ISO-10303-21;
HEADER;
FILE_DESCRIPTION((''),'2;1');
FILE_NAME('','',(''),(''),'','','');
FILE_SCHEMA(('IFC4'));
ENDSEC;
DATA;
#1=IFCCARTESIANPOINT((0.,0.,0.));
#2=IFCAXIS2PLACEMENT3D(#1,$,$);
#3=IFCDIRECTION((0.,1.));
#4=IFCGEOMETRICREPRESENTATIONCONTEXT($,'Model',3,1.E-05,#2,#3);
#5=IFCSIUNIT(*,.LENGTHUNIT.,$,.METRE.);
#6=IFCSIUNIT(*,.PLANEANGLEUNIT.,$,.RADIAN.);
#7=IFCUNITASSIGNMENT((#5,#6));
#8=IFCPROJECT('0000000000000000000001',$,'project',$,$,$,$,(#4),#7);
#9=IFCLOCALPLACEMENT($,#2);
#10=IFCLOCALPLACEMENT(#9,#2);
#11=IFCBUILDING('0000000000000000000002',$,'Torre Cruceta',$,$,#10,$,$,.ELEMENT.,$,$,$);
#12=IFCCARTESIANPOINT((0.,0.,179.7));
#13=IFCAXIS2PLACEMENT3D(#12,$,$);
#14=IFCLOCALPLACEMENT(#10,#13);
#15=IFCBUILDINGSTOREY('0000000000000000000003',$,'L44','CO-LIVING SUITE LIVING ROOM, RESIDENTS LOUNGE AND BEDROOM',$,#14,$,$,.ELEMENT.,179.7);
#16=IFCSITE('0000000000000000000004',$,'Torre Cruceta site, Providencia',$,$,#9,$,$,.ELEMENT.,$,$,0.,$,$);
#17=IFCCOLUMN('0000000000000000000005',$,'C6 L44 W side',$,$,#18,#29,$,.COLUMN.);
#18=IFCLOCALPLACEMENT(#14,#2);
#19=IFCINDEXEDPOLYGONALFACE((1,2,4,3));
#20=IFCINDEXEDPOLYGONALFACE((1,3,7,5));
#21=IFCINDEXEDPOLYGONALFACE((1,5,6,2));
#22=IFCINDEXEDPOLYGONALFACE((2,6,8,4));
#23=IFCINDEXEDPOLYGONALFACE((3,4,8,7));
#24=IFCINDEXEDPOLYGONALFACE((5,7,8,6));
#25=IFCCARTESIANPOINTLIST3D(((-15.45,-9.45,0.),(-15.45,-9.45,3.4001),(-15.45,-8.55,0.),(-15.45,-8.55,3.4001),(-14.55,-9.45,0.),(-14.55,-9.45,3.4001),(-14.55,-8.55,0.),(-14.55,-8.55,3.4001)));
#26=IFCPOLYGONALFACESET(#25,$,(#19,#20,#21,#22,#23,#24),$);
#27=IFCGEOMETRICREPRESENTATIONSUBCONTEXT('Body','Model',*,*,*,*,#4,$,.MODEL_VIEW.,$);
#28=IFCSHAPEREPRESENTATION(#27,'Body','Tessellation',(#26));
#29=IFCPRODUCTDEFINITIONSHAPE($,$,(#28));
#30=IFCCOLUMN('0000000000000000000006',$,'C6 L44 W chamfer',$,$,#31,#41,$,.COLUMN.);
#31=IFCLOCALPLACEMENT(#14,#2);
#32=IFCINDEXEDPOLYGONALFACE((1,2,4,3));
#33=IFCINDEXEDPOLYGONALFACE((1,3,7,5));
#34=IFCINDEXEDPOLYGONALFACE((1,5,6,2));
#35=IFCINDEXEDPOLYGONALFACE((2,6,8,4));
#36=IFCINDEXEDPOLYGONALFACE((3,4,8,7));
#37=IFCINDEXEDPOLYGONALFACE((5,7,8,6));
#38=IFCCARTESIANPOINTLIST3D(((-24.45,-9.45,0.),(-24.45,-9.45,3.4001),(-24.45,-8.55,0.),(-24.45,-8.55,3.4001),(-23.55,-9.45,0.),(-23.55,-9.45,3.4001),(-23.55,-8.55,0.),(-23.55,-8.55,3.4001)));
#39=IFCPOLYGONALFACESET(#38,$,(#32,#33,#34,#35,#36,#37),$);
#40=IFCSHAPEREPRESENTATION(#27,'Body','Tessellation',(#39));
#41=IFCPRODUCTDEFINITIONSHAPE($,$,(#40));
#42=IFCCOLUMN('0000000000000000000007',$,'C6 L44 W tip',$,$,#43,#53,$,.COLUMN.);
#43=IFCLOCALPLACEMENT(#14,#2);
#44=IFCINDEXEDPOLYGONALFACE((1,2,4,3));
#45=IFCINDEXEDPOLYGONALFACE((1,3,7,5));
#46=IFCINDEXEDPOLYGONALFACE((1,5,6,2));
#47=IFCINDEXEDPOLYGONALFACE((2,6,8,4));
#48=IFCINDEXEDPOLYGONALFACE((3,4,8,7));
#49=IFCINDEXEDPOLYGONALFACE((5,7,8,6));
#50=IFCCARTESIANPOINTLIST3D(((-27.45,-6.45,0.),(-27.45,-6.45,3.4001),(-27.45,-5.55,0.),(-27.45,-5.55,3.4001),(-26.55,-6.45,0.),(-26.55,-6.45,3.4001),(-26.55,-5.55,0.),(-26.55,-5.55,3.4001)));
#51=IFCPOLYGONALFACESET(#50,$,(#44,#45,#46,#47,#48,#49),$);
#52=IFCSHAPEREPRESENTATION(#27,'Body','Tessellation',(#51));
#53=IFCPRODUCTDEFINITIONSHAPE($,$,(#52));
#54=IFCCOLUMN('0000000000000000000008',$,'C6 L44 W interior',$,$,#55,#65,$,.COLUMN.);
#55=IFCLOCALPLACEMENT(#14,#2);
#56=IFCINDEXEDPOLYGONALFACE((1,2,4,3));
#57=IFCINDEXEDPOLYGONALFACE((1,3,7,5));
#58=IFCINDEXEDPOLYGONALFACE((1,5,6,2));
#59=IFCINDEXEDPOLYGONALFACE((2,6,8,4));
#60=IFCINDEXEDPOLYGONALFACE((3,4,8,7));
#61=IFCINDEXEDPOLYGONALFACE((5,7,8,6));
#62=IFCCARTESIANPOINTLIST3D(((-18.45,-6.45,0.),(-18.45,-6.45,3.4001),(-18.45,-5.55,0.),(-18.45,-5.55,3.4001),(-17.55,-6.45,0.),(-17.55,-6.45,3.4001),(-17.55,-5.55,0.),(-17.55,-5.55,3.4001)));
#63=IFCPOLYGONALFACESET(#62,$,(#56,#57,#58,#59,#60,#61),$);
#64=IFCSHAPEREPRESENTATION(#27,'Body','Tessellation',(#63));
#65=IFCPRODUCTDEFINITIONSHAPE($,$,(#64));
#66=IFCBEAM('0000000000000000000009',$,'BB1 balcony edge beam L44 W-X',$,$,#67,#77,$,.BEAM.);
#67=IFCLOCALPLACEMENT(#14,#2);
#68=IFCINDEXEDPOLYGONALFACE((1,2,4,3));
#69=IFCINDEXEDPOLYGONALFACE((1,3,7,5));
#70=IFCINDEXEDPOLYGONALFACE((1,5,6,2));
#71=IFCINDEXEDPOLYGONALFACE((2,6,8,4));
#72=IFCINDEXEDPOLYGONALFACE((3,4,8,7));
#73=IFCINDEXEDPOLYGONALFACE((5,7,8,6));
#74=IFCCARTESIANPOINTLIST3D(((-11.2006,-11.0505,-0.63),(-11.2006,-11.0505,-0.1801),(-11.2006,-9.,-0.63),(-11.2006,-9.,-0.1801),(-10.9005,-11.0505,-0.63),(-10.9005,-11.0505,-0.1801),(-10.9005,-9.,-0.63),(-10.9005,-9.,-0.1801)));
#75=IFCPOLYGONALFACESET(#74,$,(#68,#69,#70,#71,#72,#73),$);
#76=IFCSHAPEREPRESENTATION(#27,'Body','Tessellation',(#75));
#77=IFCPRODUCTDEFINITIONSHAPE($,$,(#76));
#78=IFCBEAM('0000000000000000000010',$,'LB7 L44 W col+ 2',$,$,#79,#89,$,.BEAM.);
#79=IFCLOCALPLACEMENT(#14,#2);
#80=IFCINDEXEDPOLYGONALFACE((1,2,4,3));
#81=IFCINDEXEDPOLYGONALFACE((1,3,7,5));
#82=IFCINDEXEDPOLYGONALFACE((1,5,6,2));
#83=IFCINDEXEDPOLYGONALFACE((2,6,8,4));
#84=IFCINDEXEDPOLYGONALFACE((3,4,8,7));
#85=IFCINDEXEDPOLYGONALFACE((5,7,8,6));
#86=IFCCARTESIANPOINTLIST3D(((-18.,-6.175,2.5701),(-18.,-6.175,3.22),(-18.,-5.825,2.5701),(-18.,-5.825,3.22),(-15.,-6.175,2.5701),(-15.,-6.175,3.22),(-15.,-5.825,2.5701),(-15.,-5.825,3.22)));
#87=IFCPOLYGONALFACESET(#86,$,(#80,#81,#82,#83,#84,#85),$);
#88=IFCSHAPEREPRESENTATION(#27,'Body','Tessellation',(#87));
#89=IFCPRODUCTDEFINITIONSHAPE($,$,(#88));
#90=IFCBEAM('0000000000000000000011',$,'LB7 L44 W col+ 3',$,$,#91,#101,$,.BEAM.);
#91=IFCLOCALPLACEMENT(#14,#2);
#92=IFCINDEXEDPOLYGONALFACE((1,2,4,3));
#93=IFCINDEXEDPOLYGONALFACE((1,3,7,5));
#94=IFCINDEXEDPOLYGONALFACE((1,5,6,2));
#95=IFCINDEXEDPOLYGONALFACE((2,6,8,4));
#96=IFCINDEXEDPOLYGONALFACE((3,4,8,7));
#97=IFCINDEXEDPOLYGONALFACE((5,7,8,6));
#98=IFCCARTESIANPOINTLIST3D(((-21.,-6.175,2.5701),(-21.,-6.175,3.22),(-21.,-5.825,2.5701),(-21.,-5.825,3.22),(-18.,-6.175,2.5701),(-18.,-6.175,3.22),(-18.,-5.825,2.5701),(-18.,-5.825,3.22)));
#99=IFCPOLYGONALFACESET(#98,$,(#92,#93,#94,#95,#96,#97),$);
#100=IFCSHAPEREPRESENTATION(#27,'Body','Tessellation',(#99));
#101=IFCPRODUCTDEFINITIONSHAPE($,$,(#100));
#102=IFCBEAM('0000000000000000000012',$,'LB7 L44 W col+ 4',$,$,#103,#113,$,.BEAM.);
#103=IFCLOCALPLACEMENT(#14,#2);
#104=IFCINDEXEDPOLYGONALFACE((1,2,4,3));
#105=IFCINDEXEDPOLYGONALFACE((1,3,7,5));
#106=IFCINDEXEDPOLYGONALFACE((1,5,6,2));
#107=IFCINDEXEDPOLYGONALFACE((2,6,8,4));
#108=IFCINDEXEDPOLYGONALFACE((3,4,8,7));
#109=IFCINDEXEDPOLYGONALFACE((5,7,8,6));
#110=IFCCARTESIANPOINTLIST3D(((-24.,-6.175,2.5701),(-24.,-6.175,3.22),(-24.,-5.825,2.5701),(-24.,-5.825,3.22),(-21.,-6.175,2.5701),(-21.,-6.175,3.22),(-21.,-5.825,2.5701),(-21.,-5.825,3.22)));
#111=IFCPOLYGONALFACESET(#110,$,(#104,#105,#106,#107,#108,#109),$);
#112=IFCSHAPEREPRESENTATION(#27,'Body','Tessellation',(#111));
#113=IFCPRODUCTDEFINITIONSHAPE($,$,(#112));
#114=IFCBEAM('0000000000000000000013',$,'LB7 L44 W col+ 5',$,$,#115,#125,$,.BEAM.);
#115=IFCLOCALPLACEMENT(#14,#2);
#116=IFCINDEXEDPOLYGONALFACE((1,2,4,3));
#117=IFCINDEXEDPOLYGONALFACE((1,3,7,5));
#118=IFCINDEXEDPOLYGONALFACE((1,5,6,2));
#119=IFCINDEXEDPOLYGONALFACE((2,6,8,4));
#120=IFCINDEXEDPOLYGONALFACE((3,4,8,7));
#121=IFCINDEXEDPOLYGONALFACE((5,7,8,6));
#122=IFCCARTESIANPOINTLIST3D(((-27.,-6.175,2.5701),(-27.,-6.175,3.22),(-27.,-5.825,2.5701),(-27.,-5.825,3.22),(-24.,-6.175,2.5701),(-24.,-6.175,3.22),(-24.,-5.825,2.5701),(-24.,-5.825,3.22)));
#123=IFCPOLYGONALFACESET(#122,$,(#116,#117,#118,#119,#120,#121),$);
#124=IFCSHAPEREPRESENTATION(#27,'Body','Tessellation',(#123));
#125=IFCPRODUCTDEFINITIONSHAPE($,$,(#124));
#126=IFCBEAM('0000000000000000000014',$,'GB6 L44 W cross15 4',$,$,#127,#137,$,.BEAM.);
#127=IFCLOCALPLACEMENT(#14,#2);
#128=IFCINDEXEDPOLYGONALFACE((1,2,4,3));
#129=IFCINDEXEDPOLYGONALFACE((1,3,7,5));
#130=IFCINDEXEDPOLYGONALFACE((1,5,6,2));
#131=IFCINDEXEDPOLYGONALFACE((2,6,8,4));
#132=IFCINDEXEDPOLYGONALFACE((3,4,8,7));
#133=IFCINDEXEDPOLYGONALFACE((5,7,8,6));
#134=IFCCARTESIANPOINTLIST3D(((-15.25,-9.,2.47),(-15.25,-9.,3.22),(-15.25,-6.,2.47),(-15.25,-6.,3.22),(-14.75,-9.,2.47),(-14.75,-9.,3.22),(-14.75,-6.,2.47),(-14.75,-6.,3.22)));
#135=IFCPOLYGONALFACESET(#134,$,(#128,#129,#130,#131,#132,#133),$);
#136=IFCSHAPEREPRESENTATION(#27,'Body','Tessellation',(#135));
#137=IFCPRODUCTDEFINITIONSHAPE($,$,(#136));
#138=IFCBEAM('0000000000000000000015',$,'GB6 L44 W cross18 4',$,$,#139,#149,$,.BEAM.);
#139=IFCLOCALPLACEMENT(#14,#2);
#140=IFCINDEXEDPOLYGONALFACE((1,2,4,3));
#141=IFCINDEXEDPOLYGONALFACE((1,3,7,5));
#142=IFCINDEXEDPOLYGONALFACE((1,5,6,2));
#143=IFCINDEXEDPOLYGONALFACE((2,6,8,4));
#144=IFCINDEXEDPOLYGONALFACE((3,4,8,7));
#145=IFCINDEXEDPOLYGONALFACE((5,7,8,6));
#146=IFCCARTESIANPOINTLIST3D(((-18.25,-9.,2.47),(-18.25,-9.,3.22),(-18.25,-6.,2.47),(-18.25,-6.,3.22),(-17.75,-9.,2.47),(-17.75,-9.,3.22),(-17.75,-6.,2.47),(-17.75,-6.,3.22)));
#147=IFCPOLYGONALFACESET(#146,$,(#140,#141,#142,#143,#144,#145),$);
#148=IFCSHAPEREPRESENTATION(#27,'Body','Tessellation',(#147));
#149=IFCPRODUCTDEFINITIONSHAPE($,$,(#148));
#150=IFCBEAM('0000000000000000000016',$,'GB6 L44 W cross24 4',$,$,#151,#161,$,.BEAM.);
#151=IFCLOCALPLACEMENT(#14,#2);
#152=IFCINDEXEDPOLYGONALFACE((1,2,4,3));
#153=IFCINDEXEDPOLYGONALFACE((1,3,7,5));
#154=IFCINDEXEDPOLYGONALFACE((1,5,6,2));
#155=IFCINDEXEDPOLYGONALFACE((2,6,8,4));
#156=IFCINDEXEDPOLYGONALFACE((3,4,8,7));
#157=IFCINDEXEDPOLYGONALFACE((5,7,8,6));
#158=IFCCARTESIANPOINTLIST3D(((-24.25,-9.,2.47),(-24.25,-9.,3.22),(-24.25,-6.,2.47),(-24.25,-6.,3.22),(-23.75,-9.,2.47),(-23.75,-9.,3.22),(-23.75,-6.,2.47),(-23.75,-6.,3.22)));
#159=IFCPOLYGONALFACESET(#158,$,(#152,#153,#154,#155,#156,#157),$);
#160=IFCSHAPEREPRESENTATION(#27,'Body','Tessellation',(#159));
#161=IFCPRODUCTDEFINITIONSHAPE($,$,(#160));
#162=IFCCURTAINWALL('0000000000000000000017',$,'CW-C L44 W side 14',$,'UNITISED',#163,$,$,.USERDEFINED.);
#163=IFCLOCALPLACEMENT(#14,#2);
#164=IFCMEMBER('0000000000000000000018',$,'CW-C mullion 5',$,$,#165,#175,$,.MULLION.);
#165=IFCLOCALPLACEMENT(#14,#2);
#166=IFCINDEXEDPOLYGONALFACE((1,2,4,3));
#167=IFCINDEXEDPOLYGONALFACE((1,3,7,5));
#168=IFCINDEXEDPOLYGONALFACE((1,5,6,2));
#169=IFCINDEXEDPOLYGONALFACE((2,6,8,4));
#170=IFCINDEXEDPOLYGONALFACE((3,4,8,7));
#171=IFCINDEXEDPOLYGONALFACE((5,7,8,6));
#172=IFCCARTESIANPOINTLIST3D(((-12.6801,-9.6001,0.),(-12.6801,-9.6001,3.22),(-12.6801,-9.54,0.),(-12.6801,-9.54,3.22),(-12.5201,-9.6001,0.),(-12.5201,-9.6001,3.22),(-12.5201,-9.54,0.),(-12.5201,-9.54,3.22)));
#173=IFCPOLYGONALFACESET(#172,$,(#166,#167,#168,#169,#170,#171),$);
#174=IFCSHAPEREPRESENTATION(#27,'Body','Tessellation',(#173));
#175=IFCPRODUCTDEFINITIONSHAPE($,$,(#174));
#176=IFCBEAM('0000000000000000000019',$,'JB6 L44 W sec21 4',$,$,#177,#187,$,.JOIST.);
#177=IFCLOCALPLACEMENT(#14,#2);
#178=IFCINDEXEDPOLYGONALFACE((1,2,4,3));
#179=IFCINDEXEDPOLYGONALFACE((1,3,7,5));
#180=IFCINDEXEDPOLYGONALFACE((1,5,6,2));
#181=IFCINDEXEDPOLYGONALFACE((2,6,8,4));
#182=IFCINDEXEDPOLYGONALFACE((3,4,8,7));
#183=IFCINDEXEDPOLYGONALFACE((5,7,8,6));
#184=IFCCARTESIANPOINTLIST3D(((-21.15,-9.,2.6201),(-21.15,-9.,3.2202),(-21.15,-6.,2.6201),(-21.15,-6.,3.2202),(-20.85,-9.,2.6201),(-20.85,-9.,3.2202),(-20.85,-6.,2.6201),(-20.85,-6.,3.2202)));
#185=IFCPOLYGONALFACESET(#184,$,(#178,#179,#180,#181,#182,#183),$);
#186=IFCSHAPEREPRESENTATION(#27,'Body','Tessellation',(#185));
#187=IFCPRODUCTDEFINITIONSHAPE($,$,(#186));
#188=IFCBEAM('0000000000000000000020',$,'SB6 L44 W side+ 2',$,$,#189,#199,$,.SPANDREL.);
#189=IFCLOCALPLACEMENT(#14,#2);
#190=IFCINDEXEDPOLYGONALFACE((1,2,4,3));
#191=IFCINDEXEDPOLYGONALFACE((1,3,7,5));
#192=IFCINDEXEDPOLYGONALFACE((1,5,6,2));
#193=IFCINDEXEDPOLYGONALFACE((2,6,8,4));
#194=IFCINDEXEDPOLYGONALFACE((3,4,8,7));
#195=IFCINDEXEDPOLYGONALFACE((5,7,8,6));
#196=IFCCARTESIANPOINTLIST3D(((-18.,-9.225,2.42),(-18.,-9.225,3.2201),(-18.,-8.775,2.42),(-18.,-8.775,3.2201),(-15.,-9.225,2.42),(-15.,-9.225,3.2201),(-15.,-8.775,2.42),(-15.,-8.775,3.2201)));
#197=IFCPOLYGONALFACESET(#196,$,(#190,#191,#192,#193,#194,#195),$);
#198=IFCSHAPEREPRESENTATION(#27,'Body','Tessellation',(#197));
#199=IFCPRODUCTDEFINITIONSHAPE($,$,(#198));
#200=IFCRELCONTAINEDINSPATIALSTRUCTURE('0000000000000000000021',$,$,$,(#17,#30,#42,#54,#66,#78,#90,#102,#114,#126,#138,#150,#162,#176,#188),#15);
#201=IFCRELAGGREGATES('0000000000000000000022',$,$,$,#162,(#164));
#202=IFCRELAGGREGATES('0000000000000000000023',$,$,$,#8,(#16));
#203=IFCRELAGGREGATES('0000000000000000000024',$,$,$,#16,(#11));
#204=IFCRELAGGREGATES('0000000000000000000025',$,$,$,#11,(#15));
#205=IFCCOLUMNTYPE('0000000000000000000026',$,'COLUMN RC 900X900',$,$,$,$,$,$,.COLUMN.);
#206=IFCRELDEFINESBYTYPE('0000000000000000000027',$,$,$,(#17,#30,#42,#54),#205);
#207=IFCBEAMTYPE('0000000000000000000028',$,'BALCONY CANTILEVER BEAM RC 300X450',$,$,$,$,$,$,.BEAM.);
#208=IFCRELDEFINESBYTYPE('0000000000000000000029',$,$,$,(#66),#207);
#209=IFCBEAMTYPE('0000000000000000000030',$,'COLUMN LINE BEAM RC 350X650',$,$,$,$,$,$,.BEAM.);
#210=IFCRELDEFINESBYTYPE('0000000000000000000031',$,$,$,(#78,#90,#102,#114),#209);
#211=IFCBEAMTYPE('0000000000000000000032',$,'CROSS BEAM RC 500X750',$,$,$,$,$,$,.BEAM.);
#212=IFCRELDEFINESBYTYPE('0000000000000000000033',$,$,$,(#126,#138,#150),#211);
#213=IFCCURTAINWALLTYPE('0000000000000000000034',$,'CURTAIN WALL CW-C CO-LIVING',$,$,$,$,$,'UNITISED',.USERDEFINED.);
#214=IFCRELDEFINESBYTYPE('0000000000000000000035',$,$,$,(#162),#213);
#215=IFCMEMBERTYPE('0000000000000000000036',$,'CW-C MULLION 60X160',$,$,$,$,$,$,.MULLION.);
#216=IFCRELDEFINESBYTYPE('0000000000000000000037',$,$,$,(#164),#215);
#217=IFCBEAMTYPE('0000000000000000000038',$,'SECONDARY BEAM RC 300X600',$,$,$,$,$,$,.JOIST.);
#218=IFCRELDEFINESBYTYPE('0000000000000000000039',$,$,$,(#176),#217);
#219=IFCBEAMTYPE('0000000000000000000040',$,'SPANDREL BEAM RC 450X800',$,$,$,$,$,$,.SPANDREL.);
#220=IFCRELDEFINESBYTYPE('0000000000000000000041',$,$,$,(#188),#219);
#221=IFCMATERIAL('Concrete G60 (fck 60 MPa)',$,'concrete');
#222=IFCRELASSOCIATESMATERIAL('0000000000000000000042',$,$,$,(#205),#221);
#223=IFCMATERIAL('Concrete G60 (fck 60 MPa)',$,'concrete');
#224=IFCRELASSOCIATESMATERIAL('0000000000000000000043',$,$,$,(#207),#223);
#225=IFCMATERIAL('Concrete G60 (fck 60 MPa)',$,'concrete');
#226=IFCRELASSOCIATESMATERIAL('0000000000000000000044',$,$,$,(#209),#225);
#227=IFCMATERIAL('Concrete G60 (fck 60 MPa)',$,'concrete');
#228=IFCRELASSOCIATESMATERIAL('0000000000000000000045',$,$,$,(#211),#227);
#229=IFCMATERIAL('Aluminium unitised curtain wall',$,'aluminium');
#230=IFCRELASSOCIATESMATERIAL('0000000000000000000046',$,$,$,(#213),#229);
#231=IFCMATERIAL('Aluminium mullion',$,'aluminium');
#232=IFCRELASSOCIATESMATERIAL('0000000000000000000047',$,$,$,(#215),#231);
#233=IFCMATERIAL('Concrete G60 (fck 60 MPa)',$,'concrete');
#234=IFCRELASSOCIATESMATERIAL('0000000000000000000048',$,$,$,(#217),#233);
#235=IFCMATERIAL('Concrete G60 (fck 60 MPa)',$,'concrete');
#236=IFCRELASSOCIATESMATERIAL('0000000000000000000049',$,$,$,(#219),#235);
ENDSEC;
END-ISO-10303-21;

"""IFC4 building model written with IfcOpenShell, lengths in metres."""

from ifc_helpers import new_model, si_unit, direction, frame, origin, origin_2d, place, context, subcontext, project, spatial, rectangle, extrude, material, material_profile, profile_set, type_object, element, aggregate, save


model = new_model("IFC4")

# Units and contexts
model_context = context("Model", 3, precision=1e-05, world=origin(), true_north=direction((0.0, 1.0)))
body_context = subcontext(model_context, "Body", "Model", "MODEL_VIEW")
ifc_project = project(units=[si_unit("LENGTHUNIT", "METRE"), si_unit("PLANEANGLEUNIT", "RADIAN")], contexts=[model_context])

# Site, building, storey
site_placement = place(None, origin())
site = spatial("IfcSite", under=ifc_project, at=site_placement, Name="Torre Cruceta site, Providencia", CompositionType="ELEMENT", RefElevation=0.0)
building_placement = place(site_placement, origin())
building = spatial("IfcBuilding", under=site, at=building_placement, Name="Torre Cruceta", CompositionType="ELEMENT")
storey_placement = place(building_placement, frame((0.0, 0.0, 179.7)))
storey = spatial("IfcBuildingStorey", under=building, at=storey_placement, Name="L44", Description="CO-LIVING SUITE LIVING ROOM, RESIDENTS LOUNGE AND BEDROOM", CompositionType="ELEMENT", Elevation=179.7)

# Columns
ifc_material_1 = material(Name="Concrete G60 (fck 60 MPa)", Category="concrete")
ifc_material_profile_1 = material_profile(ifc_material_1, rectangle(XDim=0.8999, YDim=0.8999, at=origin_2d()), Name="RC 900X900")
ifc_profile_set_1 = profile_set([ifc_material_profile_1], Name="Concrete G60 (fck 60 MPa)")
column_type = type_object("IfcColumnType", Name="COLUMN RC 900X900", PredefinedType="COLUMN", material=ifc_profile_set_1)
for number, where, z_axis, x_axis, name in (
    (1, (-15.0, -9.0, 0.0), (0.0, 0.0, 1.0), (1.0, 0.0, 0.0), "C6 L44 W side"),
    (2, (-24.0, -9.0, 0.0), (0.0, 0.0, 1.0), (1.0, 0.0, 0.0), "C6 L44 W chamfer"),
    (3, (-27.0, -6.0, 0.0), (0.0, 0.0, 1.0), (1.0, 0.0, 0.0), "C6 L44 W tip"),
    (4, (-18.0, -6.0, 0.0), (0.0, 0.0, 1.0), (1.0, 0.0, 0.0), "C6 L44 W interior"),
):
    element("IfcColumn", number, at=place(storey_placement, frame(where, z_axis=z_axis, x_axis=x_axis)), inside=storey, type_object=column_type, Name=name, PredefinedType="COLUMN", context=body_context, shape_type="SweptSolid", body=[
        extrude(rectangle(XDim=0.8999, YDim=0.8999, at=origin_2d()), origin(), (0.0, 0.0, 1.0), 3.4001),
    ])

# Beams
ifc_material_2 = material(Name="Concrete G60 (fck 60 MPa)", Category="concrete")
ifc_material_profile_2 = material_profile(ifc_material_2, rectangle(XDim=0.3, YDim=0.45, at=origin_2d()), Name="RC 300X450")
ifc_profile_set_2 = profile_set([ifc_material_profile_2], Name="Concrete G60 (fck 60 MPa)")
beam_type_1 = type_object("IfcBeamType", Name="BALCONY CANTILEVER BEAM RC 300X450", PredefinedType="BEAM", material=ifc_profile_set_2)
beam_1_placement = place(storey_placement, frame((-11.0505, -9.0, -0.405), z_axis=(0.0, -1.0, 0.0), x_axis=(1.0, 0.0, 0.0)))
element("IfcBeam", 5, at=beam_1_placement, inside=storey, type_object=beam_type_1, Name="BB1 balcony edge beam L44 W-X", PredefinedType="BEAM", context=body_context, shape_type="SweptSolid", body=[
    extrude(rectangle(XDim=0.3, YDim=0.45, at=origin_2d()), origin(), (0.0, 0.0, 1.0), 2.0505),
])
ifc_material_3 = material(Name="Concrete G60 (fck 60 MPa)", Category="concrete")
ifc_material_profile_3 = material_profile(ifc_material_3, rectangle(XDim=0.3501, YDim=0.6499, at=origin_2d()), Name="RC 350X650")
ifc_profile_set_3 = profile_set([ifc_material_profile_3], Name="Concrete G60 (fck 60 MPa)")
beam_type_2 = type_object("IfcBeamType", Name="COLUMN LINE BEAM RC 350X650", PredefinedType="BEAM", material=ifc_profile_set_3)
for number, where, z_axis, x_axis, name in (
    (6, (-15.0, -6.0, 2.895), (-1.0, 0.0, 0.0), (0.0, -1.0, 0.0), "LB7 L44 W col+ 2"),
    (7, (-18.0, -6.0, 2.895), (-1.0, 0.0, 0.0), (0.0, -1.0, 0.0), "LB7 L44 W col+ 3"),
    (8, (-21.0, -6.0, 2.895), (-1.0, 0.0, 0.0), (0.0, -1.0, 0.0), "LB7 L44 W col+ 4"),
    (9, (-24.0, -6.0, 2.895), (-1.0, 0.0, 0.0), (0.0, -1.0, 0.0), "LB7 L44 W col+ 5"),
):
    element("IfcBeam", number, at=place(storey_placement, frame(where, z_axis=z_axis, x_axis=x_axis)), inside=storey, type_object=beam_type_2, Name=name, PredefinedType="BEAM", context=body_context, shape_type="SweptSolid", body=[
        extrude(rectangle(XDim=0.3501, YDim=0.6499, at=origin_2d()), origin(), (0.0, 0.0, 1.0), 3.0),
    ])
ifc_material_4 = material(Name="Concrete G60 (fck 60 MPa)", Category="concrete")
ifc_material_profile_4 = material_profile(ifc_material_4, rectangle(XDim=0.5, YDim=0.75, at=origin_2d()), Name="RC 500X750")
ifc_profile_set_4 = profile_set([ifc_material_profile_4], Name="Concrete G60 (fck 60 MPa)")
beam_type_3 = type_object("IfcBeamType", Name="CROSS BEAM RC 500X750", PredefinedType="BEAM", material=ifc_profile_set_4)
for number, where, z_axis, x_axis, name in (
    (10, (-15.0, -6.0, 2.845), (0.0, -1.0, 0.0), (1.0, 0.0, 0.0), "GB6 L44 W cross15 4"),
    (11, (-18.0, -6.0, 2.845), (0.0, -1.0, 0.0), (1.0, 0.0, 0.0), "GB6 L44 W cross18 4"),
    (12, (-24.0, -6.0, 2.845), (0.0, -1.0, 0.0), (1.0, 0.0, 0.0), "GB6 L44 W cross24 4"),
):
    element("IfcBeam", number, at=place(storey_placement, frame(where, z_axis=z_axis, x_axis=x_axis)), inside=storey, type_object=beam_type_3, Name=name, PredefinedType="BEAM", context=body_context, shape_type="SweptSolid", body=[
        extrude(rectangle(XDim=0.5, YDim=0.75, at=origin_2d()), origin(), (0.0, 0.0, 1.0), 3.0),
    ])

# Curtain wall, member
ifc_material_5 = material(Name="Aluminium unitised curtain wall", Category="aluminium")
curtain_wall_type = type_object("IfcCurtainWallType", Name="CURTAIN WALL CW-C CO-LIVING", ElementType="UNITISED", PredefinedType="USERDEFINED", material=ifc_material_5)
curtain_wall_placement = place(storey_placement, origin())
curtain_wall = element("IfcCurtainWall", 13, at=curtain_wall_placement, inside=storey, type_object=curtain_wall_type, Name="CW-C L44 W side 14", ObjectType="UNITISED", PredefinedType="USERDEFINED")
ifc_material_6 = material(Name="Aluminium mullion", Category="aluminium")
ifc_material_profile_5 = material_profile(ifc_material_6, rectangle(XDim=0.0601, YDim=0.1599, at=origin_2d()), Name="AL 60X160")
ifc_profile_set_5 = profile_set([ifc_material_profile_5], Name="Aluminium mullion")
member_type = type_object("IfcMemberType", Name="CW-C MULLION 60X160", PredefinedType="MULLION", material=ifc_profile_set_5)
member_placement = place(storey_placement, frame((-12.6001, -9.5701, 0.0), z_axis=(0.0, 0.0, 1.0), x_axis=(0.0, 1.0, 0.0)))
member = element("IfcMember", 14, at=member_placement, type_object=member_type, Name="CW-C mullion 5", PredefinedType="MULLION", context=body_context, shape_type="SweptSolid", body=[
    extrude(rectangle(XDim=0.0601, YDim=0.1599, at=origin_2d()), origin(), (0.0, 0.0, 1.0), 3.22),
])
aggregate(curtain_wall, [member])

# Beams
ifc_material_7 = material(Name="Concrete G60 (fck 60 MPa)", Category="concrete")
ifc_material_profile_6 = material_profile(ifc_material_7, rectangle(XDim=0.3, YDim=0.6001, at=origin_2d()), Name="RC 300X600")
ifc_profile_set_6 = profile_set([ifc_material_profile_6], Name="Concrete G60 (fck 60 MPa)")
beam_type_4 = type_object("IfcBeamType", Name="SECONDARY BEAM RC 300X600", PredefinedType="JOIST", material=ifc_profile_set_6)
beam_2_placement = place(storey_placement, frame((-21.0, -6.0, 2.9202), z_axis=(0.0, -1.0, 0.0), x_axis=(1.0, 0.0, 0.0)))
element("IfcBeam", 15, at=beam_2_placement, inside=storey, type_object=beam_type_4, Name="JB6 L44 W sec21 4", PredefinedType="JOIST", context=body_context, shape_type="SweptSolid", body=[
    extrude(rectangle(XDim=0.3, YDim=0.6001, at=origin_2d()), origin(), (0.0, 0.0, 1.0), 3.0),
])
ifc_material_8 = material(Name="Concrete G60 (fck 60 MPa)", Category="concrete")
ifc_material_profile_7 = material_profile(ifc_material_8, rectangle(XDim=0.45, YDim=0.8, at=origin_2d()), Name="RC 450X800")
ifc_profile_set_7 = profile_set([ifc_material_profile_7], Name="Concrete G60 (fck 60 MPa)")
beam_type_5 = type_object("IfcBeamType", Name="SPANDREL BEAM RC 450X800", PredefinedType="SPANDREL", material=ifc_profile_set_7)
for number, where, z_axis, x_axis, name in (
    (16, (-15.0, -9.0, 2.8201), (-1.0, 0.0, 0.0), (0.0, -1.0, 0.0), "SB6 L44 W side+ 2"),
):
    element("IfcBeam", number, at=place(storey_placement, frame(where, z_axis=z_axis, x_axis=x_axis)), inside=storey, type_object=beam_type_5, Name=name, PredefinedType="SPANDREL", context=body_context, shape_type="SweptSolid", body=[
        extrude(rectangle(XDim=0.45, YDim=0.8, at=origin_2d()), origin(), (0.0, 0.0, 1.0), 3.0),
    ])

save(model, "model.ifc")
